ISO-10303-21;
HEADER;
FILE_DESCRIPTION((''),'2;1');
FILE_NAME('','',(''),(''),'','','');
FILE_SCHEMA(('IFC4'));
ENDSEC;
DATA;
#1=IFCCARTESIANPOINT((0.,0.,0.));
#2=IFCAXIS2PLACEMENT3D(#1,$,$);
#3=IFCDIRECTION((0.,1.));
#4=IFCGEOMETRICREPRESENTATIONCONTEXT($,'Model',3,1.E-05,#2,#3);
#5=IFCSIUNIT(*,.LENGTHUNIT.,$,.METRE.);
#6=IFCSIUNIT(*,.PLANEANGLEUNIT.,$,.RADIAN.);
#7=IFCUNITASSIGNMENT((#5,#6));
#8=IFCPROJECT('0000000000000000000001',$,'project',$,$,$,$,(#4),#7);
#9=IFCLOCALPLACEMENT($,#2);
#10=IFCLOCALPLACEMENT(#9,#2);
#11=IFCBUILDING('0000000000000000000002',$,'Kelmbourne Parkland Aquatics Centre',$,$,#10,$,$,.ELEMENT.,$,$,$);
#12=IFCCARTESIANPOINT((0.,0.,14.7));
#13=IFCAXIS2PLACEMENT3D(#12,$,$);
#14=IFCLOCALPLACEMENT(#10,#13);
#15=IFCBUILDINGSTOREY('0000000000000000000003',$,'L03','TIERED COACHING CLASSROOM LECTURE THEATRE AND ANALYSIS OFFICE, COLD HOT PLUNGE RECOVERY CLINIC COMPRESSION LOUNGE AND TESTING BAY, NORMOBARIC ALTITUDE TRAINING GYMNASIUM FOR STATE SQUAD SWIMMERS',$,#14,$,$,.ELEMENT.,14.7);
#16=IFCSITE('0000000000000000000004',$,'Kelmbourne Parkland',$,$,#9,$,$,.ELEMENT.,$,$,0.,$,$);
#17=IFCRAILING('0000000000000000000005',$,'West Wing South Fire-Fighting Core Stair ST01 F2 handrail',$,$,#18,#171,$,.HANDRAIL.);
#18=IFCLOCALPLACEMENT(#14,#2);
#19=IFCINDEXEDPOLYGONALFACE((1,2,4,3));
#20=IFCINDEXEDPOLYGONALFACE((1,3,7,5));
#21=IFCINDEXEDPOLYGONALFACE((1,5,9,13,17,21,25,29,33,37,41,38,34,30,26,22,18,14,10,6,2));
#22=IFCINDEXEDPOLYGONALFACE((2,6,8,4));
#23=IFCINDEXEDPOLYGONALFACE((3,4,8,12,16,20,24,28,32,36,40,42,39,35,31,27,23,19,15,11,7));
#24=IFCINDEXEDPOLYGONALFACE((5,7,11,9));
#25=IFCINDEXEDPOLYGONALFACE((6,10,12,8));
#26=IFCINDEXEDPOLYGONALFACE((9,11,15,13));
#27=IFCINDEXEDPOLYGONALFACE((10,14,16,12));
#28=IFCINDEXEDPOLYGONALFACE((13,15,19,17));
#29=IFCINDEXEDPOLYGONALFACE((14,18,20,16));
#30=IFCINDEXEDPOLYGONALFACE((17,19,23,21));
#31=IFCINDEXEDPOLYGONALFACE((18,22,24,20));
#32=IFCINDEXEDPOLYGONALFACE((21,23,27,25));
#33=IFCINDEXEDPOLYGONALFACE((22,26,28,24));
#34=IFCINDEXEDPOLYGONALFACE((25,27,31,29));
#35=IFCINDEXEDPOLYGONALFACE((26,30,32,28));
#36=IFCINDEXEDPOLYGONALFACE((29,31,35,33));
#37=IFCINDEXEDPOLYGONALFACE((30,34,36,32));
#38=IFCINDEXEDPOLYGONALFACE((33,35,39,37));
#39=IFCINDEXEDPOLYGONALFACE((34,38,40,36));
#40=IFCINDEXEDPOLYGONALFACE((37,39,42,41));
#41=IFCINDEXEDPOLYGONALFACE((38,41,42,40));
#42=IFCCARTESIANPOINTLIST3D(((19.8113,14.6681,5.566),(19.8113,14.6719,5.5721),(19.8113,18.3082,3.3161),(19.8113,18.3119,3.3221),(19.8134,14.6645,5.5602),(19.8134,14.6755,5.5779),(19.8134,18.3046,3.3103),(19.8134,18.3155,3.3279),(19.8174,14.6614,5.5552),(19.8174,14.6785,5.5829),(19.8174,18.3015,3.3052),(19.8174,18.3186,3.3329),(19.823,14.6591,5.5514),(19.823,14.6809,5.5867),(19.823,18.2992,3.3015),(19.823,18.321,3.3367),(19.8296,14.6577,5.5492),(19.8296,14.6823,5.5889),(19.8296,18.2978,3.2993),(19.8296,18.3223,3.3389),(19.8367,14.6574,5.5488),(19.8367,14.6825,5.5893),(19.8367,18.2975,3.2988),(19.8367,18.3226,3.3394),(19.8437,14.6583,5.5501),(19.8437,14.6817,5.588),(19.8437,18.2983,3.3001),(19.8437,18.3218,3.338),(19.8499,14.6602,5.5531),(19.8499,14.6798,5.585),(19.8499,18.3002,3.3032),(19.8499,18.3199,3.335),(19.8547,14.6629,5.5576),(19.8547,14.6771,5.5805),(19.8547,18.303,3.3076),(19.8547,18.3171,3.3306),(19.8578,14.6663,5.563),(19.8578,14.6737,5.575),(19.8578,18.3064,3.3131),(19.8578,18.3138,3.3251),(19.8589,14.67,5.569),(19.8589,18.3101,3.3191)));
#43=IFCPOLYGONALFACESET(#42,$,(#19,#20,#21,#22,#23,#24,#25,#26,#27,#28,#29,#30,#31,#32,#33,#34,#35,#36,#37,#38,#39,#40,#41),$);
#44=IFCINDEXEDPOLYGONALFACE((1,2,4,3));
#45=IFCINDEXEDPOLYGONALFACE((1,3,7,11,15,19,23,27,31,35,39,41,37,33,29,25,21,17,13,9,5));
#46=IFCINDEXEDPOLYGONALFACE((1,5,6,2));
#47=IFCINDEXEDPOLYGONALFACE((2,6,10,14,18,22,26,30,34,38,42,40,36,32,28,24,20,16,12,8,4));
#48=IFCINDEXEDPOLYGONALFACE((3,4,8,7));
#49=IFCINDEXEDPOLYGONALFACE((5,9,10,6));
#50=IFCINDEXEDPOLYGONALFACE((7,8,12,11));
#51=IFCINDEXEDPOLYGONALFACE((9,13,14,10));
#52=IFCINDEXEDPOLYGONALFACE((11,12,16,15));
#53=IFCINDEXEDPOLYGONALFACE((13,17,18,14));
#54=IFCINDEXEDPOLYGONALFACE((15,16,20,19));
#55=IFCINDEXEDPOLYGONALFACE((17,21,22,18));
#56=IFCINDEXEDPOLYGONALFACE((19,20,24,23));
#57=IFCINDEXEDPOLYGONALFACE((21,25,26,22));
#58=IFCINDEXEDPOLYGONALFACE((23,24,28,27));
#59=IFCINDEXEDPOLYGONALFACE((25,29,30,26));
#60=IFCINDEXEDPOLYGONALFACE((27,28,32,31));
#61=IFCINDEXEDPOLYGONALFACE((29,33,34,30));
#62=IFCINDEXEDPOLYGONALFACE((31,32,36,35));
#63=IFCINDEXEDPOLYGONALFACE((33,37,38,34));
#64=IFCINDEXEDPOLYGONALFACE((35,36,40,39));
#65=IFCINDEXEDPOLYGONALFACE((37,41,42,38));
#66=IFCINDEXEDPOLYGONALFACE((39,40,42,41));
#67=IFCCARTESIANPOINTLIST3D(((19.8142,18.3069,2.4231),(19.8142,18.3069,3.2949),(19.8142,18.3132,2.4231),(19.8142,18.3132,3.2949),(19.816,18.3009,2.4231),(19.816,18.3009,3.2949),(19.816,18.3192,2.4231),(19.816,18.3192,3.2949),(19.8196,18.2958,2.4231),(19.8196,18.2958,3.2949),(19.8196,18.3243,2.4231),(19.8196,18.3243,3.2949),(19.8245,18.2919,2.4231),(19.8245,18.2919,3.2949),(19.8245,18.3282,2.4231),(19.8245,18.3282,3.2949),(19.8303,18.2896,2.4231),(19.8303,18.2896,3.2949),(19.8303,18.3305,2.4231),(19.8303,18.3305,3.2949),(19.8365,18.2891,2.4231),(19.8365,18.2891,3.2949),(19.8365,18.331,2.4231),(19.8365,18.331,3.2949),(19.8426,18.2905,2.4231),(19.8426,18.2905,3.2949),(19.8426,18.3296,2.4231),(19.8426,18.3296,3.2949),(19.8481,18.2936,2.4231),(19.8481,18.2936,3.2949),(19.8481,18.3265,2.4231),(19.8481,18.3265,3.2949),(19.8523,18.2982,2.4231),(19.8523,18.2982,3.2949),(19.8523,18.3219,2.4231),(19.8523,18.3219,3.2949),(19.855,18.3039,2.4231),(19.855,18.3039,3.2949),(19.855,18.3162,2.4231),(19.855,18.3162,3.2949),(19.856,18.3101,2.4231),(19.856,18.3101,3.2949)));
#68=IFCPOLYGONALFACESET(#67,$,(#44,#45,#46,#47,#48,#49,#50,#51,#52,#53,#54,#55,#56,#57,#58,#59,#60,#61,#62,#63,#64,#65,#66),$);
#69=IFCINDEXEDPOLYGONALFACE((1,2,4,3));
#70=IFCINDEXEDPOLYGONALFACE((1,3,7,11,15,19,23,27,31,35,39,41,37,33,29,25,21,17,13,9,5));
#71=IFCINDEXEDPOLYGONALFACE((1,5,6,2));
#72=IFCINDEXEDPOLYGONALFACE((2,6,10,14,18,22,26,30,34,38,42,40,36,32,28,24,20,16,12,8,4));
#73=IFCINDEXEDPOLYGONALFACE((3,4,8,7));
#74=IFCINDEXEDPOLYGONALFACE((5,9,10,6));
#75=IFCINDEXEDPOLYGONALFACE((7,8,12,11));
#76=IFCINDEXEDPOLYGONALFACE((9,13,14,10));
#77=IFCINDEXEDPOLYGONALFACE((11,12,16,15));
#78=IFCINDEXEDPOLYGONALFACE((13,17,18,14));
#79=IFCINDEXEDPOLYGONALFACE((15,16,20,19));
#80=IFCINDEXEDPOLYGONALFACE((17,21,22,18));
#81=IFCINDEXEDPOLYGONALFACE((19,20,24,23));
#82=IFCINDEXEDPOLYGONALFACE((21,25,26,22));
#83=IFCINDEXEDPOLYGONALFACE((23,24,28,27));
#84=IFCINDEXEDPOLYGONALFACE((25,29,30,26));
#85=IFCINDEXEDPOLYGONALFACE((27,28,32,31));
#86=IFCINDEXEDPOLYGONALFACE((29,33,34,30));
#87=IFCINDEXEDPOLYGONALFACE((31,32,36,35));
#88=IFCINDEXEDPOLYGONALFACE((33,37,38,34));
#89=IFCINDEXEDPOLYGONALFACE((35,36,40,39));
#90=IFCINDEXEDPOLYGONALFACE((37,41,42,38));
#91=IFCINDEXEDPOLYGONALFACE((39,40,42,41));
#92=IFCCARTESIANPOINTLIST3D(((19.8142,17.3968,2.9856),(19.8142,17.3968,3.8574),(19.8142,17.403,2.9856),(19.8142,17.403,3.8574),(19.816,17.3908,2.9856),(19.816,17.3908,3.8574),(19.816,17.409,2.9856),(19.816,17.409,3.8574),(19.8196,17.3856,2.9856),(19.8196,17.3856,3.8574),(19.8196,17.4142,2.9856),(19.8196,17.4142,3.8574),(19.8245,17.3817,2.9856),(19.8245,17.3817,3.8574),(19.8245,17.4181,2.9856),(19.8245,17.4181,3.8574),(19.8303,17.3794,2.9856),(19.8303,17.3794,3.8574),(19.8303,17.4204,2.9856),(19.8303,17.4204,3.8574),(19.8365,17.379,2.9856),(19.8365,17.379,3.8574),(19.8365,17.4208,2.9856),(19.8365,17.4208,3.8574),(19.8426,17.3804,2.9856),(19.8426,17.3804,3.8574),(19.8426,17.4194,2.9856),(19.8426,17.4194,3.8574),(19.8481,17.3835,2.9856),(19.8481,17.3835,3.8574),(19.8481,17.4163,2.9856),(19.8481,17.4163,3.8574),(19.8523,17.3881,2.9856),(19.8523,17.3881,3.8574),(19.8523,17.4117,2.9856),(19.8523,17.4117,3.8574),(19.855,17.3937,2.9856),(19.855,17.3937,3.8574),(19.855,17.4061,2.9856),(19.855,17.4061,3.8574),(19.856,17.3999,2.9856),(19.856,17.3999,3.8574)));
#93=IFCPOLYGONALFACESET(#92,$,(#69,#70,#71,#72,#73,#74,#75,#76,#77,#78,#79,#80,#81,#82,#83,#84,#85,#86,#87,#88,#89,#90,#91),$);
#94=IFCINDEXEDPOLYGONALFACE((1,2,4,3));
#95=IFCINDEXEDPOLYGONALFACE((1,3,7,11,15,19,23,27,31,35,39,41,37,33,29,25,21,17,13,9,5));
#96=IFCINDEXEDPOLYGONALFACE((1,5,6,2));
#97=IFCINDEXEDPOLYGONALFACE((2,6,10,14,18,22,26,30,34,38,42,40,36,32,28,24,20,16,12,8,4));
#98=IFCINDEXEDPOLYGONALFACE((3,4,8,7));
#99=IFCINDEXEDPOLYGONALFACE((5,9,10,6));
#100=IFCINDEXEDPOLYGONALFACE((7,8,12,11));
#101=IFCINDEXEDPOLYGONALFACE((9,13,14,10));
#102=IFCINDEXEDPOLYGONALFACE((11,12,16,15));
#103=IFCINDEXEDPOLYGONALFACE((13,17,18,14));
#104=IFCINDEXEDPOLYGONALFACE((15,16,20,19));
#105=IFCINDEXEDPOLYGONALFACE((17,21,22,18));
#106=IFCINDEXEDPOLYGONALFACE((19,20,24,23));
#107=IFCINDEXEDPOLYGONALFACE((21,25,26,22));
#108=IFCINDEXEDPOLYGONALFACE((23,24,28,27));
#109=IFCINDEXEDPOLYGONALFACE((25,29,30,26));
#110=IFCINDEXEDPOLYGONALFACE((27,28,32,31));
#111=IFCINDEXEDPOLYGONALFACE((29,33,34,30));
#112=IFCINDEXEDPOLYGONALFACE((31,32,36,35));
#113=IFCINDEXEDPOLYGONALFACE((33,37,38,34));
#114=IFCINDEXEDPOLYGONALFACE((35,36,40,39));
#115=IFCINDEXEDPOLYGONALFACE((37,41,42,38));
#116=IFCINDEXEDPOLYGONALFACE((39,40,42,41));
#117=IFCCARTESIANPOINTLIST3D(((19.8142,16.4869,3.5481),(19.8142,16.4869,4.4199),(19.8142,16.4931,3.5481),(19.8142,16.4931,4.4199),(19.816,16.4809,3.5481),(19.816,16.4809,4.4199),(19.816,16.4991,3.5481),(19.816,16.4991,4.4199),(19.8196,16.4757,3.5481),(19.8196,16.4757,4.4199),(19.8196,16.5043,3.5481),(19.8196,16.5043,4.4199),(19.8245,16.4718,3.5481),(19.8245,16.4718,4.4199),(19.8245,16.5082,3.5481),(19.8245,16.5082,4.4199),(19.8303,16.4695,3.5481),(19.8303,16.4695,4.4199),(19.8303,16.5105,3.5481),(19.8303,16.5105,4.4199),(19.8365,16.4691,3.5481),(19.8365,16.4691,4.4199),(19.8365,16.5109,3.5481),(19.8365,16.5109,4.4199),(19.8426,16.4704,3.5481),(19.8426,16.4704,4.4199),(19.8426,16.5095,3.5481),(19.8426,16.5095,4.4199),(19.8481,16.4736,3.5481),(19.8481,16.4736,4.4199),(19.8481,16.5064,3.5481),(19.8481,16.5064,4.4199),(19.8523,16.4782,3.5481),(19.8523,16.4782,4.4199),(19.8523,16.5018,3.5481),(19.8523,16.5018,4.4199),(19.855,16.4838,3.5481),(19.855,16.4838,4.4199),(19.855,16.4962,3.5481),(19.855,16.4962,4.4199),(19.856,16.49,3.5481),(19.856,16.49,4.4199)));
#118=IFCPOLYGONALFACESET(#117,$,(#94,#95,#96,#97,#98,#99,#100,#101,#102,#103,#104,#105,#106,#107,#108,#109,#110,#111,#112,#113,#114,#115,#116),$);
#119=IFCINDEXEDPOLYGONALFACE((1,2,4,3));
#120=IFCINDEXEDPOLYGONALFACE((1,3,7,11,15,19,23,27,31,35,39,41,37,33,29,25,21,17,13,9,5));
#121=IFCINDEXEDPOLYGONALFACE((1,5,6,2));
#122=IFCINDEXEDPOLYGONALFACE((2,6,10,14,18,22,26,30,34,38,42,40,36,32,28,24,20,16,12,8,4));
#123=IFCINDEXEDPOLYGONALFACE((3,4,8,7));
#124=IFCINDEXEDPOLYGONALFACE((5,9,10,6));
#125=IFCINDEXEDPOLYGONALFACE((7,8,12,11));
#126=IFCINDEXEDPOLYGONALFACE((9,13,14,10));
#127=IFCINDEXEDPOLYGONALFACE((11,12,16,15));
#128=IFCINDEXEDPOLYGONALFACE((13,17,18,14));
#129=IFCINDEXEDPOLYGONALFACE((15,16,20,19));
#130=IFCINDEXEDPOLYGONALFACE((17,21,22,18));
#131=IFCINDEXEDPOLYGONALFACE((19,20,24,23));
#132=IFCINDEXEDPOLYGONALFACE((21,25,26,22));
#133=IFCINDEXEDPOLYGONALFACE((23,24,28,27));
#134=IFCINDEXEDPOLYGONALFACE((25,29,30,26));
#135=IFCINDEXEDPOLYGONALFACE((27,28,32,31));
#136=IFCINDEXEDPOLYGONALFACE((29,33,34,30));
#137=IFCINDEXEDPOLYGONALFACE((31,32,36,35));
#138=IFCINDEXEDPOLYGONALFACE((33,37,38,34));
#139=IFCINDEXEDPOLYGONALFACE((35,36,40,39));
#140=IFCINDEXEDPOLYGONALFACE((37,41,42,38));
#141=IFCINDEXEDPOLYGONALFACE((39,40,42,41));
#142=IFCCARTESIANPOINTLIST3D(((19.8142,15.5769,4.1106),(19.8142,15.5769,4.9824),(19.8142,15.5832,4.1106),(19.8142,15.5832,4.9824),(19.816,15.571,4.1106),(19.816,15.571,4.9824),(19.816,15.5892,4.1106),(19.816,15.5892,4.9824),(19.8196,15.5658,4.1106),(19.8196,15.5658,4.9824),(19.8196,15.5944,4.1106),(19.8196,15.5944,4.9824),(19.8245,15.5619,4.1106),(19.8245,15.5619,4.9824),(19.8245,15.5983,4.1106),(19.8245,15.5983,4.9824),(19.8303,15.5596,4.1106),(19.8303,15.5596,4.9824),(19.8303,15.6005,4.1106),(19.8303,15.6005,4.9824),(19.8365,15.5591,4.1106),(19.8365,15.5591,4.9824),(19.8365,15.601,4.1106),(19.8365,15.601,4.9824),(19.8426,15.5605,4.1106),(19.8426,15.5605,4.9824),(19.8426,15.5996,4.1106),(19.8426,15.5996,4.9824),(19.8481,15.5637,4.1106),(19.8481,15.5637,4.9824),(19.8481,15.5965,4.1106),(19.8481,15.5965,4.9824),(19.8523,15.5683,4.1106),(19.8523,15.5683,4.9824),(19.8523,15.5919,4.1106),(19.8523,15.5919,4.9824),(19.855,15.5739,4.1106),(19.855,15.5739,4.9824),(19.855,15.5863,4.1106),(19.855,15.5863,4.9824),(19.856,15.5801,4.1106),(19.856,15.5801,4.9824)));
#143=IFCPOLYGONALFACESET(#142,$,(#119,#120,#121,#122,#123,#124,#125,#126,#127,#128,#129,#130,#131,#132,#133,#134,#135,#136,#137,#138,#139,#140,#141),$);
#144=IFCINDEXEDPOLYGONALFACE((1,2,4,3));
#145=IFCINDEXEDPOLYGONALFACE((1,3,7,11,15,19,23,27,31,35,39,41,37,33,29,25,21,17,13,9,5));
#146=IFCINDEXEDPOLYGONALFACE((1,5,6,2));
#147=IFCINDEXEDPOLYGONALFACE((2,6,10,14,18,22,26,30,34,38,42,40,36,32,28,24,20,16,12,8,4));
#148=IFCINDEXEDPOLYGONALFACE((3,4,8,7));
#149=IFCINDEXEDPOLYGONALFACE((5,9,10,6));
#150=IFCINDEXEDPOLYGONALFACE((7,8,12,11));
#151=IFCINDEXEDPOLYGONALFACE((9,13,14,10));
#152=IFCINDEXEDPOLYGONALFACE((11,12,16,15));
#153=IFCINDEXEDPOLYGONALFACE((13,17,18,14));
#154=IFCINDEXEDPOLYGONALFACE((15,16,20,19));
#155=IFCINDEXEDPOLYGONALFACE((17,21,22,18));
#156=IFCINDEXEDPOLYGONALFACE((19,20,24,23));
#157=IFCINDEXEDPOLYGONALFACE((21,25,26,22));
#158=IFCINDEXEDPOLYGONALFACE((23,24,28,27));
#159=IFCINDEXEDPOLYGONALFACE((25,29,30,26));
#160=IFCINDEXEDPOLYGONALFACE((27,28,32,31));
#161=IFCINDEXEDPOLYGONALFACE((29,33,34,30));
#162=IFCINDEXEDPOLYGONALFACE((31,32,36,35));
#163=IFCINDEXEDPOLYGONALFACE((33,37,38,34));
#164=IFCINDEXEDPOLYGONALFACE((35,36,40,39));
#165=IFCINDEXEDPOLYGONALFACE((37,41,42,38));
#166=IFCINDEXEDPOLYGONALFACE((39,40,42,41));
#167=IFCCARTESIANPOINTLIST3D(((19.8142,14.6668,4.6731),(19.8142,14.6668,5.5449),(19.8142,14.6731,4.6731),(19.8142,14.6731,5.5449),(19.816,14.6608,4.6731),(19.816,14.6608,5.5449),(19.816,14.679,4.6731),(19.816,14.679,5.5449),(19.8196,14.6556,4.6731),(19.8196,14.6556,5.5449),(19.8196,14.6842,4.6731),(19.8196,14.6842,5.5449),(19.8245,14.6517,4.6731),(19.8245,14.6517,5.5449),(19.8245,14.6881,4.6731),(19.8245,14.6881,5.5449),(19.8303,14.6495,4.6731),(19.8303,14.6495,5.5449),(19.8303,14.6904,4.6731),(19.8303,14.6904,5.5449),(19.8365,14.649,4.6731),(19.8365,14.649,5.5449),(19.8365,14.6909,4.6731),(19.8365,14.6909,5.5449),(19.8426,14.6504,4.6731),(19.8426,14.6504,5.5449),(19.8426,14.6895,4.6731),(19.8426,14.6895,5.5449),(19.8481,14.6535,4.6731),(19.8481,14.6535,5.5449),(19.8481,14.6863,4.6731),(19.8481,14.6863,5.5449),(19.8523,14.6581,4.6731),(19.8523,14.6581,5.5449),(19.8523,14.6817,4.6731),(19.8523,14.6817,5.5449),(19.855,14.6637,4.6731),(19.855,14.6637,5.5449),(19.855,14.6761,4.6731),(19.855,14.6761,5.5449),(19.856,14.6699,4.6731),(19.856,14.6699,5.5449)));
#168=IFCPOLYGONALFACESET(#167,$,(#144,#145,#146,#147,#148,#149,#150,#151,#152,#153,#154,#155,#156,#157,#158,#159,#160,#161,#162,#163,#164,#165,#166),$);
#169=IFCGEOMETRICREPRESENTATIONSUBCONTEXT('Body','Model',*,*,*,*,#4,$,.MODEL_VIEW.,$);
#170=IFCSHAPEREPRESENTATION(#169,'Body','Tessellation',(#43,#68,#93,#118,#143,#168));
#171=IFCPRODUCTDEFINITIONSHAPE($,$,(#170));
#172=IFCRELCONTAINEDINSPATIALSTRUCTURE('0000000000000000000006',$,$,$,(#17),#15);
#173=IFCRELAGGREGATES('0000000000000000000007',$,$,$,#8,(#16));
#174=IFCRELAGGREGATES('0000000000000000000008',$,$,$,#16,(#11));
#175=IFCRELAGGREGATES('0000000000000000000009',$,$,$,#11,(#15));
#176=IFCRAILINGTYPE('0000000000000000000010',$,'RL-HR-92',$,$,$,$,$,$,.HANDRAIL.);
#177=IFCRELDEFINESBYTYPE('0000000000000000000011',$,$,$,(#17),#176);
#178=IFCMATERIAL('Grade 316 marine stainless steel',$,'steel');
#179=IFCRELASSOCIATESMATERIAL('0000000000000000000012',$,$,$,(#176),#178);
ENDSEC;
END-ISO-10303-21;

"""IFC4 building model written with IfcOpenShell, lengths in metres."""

from ifc_helpers import new_model, si_unit, direction, frame, origin, origin_2d, place, context, subcontext, project, spatial, circle, extrude, material, type_object, element, save


model = new_model("IFC4")

# Units and contexts
model_context = context("Model", 3, precision=1e-05, world=origin(), true_north=direction((0.0, 1.0)))
body_context = subcontext(model_context, "Body", "Model", "MODEL_VIEW")
ifc_project = project(units=[si_unit("LENGTHUNIT", "METRE"), si_unit("PLANEANGLEUNIT", "RADIAN")], contexts=[model_context])

# Site, building, storey
site_placement = place(None, origin())
site = spatial("IfcSite", under=ifc_project, at=site_placement, Name="Kelmbourne Parkland", CompositionType="ELEMENT", RefElevation=0.0)
building_placement = place(site_placement, origin())
building = spatial("IfcBuilding", under=site, at=building_placement, Name="Kelmbourne Parkland Aquatics Centre", CompositionType="ELEMENT")
storey_placement = place(building_placement, frame((0.0, 0.0, 14.7)))
storey = spatial("IfcBuildingStorey", under=building, at=storey_placement, Name="L03", Description="TIERED COACHING CLASSROOM LECTURE THEATRE AND ANALYSIS OFFICE, COLD HOT PLUNGE RECOVERY CLINIC COMPRESSION LOUNGE AND TESTING BAY, NORMOBARIC ALTITUDE TRAINING GYMNASIUM FOR STATE SQUAD SWIMMERS", CompositionType="ELEMENT", Elevation=14.7)

# Railing
ifc_material_1 = material(Name="Grade 316 marine stainless steel", Category="steel")
railing_type_1 = type_object("IfcRailingType", Name="RL-HR-92", PredefinedType="HANDRAIL", material=ifc_material_1)
railing_1_placement = place(storey_placement, frame((19.835, 18.3101, 2.4231)))
element("IfcRailing", 1, at=railing_1_placement, inside=storey, type_object=railing_type_1, Name="West Wing South Fire-Fighting Core Stair ST01 F2 handrail", PredefinedType="HANDRAIL", context=body_context, shape_type="SweptSolid", body=[
    extrude(circle(Radius=0.0239, at=origin_2d()), frame((0.0, 0.0, 0.896), z_axis=(0.0, -0.850622, 0.525777), x_axis=(1.0, 0.0, 0.0)), (0.0, 0.0, 1.0), 4.2793),
    extrude(circle(Radius=0.021, at=origin_2d()), origin(), (0.0, 0.0, 1.0), 0.8718),
    extrude(circle(Radius=0.021, at=origin_2d()), frame((0.0, -0.9102, 0.5625)), (0.0, 0.0, 1.0), 0.8718),
    extrude(circle(Radius=0.021, at=origin_2d()), frame((0.0, -1.8201, 1.125)), (0.0, 0.0, 1.0), 0.8718),
    extrude(circle(Radius=0.021, at=origin_2d()), frame((0.0, -2.73, 1.6875)), (0.0, 0.0, 1.0), 0.8718),
    extrude(circle(Radius=0.021, at=origin_2d()), frame((0.0, -3.6401, 2.25)), (0.0, 0.0, 1.0), 0.8718),
])

save(model, "model.ifc")
